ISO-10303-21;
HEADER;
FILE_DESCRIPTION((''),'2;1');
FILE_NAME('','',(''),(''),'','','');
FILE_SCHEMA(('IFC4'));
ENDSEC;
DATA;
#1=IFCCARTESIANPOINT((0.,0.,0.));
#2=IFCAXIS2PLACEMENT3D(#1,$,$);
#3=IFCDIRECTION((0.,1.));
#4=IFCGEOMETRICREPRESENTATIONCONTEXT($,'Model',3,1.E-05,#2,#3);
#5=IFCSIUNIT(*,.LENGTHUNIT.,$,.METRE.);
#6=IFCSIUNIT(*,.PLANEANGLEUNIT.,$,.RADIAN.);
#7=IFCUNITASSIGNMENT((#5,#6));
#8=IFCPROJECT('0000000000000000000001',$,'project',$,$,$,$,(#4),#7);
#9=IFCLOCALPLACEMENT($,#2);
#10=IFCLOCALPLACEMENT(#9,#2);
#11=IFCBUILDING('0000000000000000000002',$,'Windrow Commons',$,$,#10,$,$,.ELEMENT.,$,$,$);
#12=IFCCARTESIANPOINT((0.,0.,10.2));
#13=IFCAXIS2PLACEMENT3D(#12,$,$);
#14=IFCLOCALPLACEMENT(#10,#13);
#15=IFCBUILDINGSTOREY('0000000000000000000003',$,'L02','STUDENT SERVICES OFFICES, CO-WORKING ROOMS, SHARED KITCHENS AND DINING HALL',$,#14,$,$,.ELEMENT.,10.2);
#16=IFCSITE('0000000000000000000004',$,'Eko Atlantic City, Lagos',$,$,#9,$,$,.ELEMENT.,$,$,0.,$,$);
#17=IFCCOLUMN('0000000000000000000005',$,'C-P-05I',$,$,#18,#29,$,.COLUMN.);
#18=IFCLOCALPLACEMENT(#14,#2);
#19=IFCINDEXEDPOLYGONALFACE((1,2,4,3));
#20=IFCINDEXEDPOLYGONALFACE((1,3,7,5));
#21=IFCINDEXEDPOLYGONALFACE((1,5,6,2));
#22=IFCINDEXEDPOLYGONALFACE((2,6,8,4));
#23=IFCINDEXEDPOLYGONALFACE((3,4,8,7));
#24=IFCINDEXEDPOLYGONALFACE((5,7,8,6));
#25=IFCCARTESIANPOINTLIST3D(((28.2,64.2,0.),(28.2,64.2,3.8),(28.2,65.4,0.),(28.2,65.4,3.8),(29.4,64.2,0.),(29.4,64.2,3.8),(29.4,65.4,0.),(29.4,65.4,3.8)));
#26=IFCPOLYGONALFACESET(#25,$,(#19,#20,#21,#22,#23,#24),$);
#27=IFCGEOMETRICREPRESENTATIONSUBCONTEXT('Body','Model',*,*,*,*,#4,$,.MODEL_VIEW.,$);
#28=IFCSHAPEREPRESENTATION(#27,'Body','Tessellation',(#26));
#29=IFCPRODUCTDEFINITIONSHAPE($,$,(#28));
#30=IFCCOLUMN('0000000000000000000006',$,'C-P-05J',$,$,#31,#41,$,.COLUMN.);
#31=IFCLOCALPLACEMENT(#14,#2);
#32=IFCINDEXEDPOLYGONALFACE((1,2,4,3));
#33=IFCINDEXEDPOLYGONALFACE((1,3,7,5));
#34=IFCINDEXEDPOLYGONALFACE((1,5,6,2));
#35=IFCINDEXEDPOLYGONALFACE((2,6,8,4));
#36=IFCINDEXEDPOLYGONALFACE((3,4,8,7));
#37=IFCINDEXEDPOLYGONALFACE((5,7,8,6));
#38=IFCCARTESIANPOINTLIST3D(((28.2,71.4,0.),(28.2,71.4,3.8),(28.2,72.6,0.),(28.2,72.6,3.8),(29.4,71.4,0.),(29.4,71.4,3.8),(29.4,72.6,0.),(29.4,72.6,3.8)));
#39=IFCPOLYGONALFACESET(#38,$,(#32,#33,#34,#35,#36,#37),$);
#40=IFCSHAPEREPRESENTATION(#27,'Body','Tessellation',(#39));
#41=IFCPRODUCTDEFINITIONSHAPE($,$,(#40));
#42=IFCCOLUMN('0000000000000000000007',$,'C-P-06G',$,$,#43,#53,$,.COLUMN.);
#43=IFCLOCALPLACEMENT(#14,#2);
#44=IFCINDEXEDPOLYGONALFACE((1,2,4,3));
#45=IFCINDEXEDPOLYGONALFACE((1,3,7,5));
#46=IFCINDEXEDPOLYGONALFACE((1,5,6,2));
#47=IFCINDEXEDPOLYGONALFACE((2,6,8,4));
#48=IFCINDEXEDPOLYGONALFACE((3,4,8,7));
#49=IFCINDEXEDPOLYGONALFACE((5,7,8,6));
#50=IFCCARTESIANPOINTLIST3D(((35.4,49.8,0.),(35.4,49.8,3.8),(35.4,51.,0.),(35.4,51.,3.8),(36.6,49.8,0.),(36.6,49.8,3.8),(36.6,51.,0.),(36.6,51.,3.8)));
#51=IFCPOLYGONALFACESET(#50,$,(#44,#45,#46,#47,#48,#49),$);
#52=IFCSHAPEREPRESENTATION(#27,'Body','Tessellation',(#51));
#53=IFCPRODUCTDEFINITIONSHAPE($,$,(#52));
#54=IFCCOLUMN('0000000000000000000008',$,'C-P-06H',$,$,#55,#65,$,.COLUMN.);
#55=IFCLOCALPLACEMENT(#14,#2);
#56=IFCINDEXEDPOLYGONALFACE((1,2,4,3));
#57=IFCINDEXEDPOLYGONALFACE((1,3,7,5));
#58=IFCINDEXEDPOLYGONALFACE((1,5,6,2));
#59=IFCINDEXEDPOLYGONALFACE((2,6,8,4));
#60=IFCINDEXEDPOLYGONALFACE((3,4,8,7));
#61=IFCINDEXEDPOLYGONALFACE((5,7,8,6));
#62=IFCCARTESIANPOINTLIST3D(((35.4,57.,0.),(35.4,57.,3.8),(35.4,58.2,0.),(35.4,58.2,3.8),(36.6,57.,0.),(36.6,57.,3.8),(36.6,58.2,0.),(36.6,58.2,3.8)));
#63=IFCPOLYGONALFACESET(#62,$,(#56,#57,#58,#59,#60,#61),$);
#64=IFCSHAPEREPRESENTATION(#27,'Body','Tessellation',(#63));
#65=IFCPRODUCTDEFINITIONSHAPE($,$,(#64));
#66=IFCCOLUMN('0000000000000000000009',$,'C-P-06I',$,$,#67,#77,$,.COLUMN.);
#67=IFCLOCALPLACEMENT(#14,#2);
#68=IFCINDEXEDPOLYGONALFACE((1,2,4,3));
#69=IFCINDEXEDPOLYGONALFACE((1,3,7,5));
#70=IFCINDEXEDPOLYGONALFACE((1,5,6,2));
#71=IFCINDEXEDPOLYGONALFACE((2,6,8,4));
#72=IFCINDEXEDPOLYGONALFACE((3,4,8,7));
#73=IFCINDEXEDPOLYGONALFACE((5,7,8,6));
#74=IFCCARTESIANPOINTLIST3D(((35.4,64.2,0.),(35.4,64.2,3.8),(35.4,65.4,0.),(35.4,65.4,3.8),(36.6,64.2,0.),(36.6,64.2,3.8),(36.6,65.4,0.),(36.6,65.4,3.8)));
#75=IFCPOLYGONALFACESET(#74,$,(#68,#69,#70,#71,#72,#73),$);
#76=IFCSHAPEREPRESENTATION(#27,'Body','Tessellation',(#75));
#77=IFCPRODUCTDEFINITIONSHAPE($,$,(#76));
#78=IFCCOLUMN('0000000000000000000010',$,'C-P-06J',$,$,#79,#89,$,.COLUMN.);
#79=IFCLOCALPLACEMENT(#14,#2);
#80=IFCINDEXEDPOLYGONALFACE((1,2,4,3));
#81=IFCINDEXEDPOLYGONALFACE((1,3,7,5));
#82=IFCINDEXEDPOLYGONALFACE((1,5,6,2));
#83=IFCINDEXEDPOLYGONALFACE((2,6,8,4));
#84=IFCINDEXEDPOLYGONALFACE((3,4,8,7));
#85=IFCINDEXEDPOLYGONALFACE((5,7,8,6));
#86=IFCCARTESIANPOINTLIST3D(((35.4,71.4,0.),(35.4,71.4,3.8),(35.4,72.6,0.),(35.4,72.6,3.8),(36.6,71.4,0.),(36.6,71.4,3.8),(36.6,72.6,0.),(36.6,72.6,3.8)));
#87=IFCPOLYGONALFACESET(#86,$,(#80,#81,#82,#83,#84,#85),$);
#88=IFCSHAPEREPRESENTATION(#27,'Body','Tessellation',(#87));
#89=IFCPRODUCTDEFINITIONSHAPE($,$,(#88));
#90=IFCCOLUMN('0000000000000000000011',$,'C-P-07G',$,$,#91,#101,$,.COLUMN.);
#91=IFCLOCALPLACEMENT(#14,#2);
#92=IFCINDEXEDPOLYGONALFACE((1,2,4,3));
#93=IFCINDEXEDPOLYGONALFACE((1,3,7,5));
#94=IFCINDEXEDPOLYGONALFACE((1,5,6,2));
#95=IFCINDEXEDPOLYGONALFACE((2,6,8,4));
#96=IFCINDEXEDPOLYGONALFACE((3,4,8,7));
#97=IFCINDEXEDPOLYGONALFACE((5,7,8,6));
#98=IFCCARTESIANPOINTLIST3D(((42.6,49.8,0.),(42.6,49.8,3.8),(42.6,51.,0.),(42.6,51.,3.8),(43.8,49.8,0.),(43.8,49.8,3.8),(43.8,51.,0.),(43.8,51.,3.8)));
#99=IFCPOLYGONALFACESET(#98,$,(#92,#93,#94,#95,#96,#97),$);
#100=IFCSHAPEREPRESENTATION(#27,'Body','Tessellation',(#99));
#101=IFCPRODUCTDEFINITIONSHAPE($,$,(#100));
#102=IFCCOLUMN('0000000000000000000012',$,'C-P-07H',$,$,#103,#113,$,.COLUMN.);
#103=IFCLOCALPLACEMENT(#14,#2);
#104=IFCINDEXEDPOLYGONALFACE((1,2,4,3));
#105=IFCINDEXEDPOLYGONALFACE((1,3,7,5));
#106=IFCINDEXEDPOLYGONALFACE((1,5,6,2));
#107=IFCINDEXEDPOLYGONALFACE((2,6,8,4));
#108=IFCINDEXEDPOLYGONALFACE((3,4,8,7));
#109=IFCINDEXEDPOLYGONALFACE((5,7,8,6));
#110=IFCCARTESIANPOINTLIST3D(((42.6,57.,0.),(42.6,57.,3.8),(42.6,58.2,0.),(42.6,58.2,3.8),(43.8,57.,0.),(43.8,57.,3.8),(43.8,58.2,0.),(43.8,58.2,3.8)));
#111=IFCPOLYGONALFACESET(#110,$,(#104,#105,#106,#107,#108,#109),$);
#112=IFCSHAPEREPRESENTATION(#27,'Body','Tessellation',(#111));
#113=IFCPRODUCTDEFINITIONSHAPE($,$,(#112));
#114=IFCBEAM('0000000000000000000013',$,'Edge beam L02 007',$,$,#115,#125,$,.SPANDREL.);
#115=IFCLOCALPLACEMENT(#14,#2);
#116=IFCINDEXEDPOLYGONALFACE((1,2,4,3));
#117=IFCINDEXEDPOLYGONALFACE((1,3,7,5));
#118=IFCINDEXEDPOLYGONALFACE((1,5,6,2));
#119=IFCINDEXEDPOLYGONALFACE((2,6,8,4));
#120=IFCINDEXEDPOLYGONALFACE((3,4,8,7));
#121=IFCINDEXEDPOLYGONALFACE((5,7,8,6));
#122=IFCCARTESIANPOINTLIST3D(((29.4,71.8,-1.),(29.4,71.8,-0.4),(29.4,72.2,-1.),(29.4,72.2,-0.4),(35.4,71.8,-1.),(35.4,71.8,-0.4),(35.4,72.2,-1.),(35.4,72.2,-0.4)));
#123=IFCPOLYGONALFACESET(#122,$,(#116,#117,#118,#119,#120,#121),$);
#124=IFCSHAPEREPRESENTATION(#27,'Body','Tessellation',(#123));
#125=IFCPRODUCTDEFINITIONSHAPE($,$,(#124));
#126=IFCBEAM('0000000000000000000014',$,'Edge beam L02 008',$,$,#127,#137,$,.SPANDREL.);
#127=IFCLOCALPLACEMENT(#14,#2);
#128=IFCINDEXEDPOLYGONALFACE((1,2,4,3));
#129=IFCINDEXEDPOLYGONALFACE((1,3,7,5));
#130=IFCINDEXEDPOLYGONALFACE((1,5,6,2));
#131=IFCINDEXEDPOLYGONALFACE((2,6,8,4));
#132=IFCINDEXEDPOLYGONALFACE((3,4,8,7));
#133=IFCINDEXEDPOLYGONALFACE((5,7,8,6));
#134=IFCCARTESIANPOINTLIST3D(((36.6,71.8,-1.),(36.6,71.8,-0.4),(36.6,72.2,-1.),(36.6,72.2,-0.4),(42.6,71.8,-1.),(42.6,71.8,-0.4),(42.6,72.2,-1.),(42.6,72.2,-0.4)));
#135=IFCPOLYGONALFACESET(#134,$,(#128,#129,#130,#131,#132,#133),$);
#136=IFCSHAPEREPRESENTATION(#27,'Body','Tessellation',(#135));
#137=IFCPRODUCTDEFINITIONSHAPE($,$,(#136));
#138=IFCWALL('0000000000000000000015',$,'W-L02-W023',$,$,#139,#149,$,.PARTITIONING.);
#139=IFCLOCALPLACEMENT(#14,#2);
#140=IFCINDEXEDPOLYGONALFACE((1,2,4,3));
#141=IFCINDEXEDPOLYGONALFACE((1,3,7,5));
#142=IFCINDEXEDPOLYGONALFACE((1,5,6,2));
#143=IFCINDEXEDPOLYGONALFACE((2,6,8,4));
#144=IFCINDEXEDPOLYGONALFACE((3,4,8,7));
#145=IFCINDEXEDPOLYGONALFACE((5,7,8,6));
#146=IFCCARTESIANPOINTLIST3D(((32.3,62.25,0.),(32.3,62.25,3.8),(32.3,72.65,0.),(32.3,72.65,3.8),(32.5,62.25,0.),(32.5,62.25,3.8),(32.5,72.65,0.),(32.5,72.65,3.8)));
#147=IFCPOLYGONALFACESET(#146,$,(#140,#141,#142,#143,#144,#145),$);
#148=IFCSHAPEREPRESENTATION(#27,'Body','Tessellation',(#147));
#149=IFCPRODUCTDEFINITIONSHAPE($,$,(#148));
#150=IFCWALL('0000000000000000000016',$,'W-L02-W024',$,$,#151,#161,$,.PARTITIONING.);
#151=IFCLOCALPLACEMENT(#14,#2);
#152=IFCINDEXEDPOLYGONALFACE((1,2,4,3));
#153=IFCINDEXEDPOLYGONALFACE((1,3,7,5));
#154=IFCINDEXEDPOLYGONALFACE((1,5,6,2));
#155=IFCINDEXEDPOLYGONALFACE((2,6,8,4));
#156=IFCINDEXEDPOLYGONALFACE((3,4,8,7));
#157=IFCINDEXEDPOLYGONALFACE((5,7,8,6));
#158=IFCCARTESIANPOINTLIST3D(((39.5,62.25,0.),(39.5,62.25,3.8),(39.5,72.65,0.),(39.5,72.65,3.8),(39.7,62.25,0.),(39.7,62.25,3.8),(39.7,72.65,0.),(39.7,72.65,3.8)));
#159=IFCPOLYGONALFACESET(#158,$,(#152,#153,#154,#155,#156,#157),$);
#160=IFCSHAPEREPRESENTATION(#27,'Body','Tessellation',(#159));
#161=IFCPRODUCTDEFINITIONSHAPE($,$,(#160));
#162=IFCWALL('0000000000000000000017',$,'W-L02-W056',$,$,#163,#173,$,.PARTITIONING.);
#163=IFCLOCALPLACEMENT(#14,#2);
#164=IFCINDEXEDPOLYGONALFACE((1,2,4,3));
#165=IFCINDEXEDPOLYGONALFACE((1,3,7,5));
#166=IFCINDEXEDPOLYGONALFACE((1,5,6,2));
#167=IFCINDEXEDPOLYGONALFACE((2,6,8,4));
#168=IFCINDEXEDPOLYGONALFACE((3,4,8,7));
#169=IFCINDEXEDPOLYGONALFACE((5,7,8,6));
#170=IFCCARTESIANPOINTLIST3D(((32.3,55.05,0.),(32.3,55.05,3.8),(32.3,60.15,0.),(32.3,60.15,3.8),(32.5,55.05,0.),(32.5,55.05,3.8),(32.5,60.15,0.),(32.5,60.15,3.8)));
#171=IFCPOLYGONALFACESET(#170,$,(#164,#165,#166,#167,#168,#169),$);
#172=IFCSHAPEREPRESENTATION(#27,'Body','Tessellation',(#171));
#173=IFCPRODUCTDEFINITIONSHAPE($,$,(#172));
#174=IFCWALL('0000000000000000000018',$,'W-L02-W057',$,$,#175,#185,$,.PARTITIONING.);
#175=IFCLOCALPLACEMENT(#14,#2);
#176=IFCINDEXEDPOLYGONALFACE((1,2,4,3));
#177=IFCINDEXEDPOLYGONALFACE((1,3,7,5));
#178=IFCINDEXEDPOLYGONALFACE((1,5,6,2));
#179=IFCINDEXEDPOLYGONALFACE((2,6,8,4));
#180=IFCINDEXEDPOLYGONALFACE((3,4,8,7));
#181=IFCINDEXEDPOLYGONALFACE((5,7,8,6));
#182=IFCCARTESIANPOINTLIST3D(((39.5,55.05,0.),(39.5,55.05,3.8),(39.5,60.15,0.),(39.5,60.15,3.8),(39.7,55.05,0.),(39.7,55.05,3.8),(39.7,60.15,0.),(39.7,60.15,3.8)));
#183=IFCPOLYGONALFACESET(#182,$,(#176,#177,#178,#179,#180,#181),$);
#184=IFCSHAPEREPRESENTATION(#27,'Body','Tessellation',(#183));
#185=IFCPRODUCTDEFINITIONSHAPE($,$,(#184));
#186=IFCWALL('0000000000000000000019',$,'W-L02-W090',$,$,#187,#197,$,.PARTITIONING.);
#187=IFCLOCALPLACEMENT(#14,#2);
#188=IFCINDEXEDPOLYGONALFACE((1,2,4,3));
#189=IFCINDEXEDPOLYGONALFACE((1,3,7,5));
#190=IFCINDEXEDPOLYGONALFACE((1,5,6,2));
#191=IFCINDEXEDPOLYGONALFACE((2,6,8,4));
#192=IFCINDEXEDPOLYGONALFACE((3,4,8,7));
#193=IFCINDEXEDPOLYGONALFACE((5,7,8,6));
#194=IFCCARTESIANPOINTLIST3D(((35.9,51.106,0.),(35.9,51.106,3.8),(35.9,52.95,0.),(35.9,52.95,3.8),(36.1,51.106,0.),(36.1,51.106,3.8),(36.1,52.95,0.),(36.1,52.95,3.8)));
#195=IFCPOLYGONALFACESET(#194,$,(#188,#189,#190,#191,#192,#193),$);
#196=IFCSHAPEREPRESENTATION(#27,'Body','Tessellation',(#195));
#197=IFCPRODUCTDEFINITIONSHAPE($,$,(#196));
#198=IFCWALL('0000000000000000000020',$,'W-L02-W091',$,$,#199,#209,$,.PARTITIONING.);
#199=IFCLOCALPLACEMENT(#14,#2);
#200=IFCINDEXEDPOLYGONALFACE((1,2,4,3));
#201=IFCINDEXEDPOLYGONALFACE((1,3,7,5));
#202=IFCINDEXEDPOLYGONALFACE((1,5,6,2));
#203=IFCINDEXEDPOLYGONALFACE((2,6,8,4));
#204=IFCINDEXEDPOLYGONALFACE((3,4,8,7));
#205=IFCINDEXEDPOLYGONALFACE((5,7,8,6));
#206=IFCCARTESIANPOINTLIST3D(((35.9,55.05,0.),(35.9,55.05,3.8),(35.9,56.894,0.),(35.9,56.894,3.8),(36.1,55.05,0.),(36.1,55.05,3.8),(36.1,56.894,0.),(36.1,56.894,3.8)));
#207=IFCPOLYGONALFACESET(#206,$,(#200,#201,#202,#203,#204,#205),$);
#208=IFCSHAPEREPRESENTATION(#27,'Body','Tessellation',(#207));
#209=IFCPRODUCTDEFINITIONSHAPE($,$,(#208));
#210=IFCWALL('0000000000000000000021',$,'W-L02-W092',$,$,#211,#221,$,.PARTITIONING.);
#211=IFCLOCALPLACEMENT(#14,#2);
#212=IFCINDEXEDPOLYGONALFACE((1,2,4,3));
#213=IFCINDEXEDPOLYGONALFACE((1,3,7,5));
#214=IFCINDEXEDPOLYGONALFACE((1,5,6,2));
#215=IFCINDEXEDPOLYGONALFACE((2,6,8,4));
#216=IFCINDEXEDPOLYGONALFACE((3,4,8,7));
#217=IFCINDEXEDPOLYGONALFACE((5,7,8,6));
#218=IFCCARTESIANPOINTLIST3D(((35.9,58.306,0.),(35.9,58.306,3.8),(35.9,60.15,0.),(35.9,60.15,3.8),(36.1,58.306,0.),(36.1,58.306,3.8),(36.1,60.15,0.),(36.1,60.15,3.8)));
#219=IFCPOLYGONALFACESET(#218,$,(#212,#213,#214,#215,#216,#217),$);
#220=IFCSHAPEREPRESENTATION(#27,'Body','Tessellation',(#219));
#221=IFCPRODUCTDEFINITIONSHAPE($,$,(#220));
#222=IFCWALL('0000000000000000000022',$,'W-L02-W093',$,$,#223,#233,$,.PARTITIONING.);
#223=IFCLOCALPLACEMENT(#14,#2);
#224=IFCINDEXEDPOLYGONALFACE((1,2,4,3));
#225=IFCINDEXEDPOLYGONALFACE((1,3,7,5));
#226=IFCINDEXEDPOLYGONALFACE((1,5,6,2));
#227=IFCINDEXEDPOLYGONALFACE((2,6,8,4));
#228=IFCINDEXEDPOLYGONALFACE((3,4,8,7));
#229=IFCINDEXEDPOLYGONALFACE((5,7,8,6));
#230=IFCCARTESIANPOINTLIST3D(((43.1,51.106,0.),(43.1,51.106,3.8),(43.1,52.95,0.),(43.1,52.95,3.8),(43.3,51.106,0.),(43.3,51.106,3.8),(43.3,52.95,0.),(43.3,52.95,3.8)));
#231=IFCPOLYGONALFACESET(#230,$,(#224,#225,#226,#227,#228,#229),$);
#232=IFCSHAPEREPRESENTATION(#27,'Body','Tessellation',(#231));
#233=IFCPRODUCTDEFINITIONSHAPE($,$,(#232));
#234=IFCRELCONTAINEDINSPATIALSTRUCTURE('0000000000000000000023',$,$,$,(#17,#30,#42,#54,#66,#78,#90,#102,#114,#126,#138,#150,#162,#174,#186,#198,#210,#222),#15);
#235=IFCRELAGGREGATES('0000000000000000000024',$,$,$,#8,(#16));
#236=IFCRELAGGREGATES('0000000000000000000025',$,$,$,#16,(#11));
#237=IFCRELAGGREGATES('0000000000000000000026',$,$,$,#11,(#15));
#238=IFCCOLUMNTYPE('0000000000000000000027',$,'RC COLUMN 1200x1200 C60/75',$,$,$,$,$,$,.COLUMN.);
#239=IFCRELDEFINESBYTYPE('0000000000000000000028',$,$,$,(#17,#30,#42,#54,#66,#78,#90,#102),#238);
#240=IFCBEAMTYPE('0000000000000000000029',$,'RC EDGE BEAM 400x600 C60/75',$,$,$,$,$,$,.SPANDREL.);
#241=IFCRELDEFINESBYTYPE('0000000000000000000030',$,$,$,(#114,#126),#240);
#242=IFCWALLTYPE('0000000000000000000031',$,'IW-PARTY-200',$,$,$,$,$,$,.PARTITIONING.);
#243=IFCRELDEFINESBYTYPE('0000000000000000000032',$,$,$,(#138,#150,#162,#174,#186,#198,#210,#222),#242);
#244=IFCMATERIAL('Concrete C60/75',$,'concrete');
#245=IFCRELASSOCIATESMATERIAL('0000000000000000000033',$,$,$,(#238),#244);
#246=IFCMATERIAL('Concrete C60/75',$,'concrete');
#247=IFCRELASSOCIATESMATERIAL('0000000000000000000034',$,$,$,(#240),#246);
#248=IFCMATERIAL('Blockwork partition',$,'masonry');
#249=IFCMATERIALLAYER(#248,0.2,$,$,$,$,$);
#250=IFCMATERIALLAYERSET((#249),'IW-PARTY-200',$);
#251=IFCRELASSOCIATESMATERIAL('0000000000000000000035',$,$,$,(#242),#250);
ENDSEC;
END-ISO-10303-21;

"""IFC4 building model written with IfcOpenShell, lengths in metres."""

from ifc_helpers import new_model, si_unit, direction, frame, frame_2d, origin, origin_2d, place, context, subcontext, project, spatial, rectangle, extrude, material, layer, layer_set, material_profile, profile_set, type_object, element, save


model = new_model("IFC4")

# Units and contexts
model_context = context("Model", 3, precision=1e-05, world=origin(), true_north=direction((0.0, 1.0)))
body_context = subcontext(model_context, "Body", "Model", "MODEL_VIEW")
ifc_project = project(units=[si_unit("LENGTHUNIT", "METRE"), si_unit("PLANEANGLEUNIT", "RADIAN")], contexts=[model_context])

# Site, building, storey
site_placement = place(None, origin())
site = spatial("IfcSite", under=ifc_project, at=site_placement, Name="Eko Atlantic City, Lagos", CompositionType="ELEMENT", RefElevation=0.0)
building_placement = place(site_placement, origin())
building = spatial("IfcBuilding", under=site, at=building_placement, Name="Windrow Commons", CompositionType="ELEMENT")
storey_placement = place(building_placement, frame((0.0, 0.0, 10.2)))
storey = spatial("IfcBuildingStorey", under=building, at=storey_placement, Name="L02", Description="STUDENT SERVICES OFFICES, CO-WORKING ROOMS, SHARED KITCHENS AND DINING HALL", CompositionType="ELEMENT", Elevation=10.2)

# Columns
ifc_material_1 = material(Name="Concrete C60/75", Category="concrete")
ifc_material_profile_1 = material_profile(ifc_material_1, rectangle(XDim=1.2, YDim=1.2, at=origin_2d()))
ifc_profile_set_1 = profile_set([ifc_material_profile_1], Name="Concrete C60/75")
column_type = type_object("IfcColumnType", Name="RC COLUMN 1200x1200 C60/75", PredefinedType="COLUMN", material=ifc_profile_set_1)
for number, where, z_axis, x_axis, name in (
    (1, (28.8, 64.8, 0.0), (0.0, 0.0, 1.0), (1.0, 0.0, 0.0), "C-P-05I"),
    (2, (28.8, 72.0, 0.0), (0.0, 0.0, 1.0), (1.0, 0.0, 0.0), "C-P-05J"),
    (3, (36.0, 50.4, 0.0), (0.0, 0.0, 1.0), (1.0, 0.0, 0.0), "C-P-06G"),
    (4, (36.0, 57.6, 0.0), (0.0, 0.0, 1.0), (1.0, 0.0, 0.0), "C-P-06H"),
    (5, (36.0, 64.8, 0.0), (0.0, 0.0, 1.0), (1.0, 0.0, 0.0), "C-P-06I"),
    (6, (36.0, 72.0, 0.0), (0.0, 0.0, 1.0), (1.0, 0.0, 0.0), "C-P-06J"),
    (7, (43.2, 50.4, 0.0), (0.0, 0.0, 1.0), (1.0, 0.0, 0.0), "C-P-07G"),
    (8, (43.2, 57.6, 0.0), (0.0, 0.0, 1.0), (1.0, 0.0, 0.0), "C-P-07H"),
):
    element("IfcColumn", number, at=place(storey_placement, frame(where, z_axis=z_axis, x_axis=x_axis)), inside=storey, type_object=column_type, Name=name, PredefinedType="COLUMN", context=body_context, shape_type="SweptSolid", body=[
        extrude(rectangle(XDim=1.2, YDim=1.2, at=origin_2d()), origin(), (0.0, 0.0, 1.0), 3.8),
    ])

# Beams
ifc_material_2 = material(Name="Concrete C60/75", Category="concrete")
ifc_material_profile_2 = material_profile(ifc_material_2, rectangle(XDim=0.4, YDim=0.6, at=origin_2d()))
ifc_profile_set_2 = profile_set([ifc_material_profile_2], Name="Concrete C60/75")
beam_type = type_object("IfcBeamType", Name="RC EDGE BEAM 400x600 C60/75", PredefinedType="SPANDREL", material=ifc_profile_set_2)
for number, where, z_axis, x_axis, name in (
    (9, (29.4, 72.0, -0.7), (1.0, 0.0, 0.0), (0.0, 1.0, 0.0), "Edge beam L02 007"),
    (10, (36.6, 72.0, -0.7), (1.0, 0.0, 0.0), (0.0, 1.0, 0.0), "Edge beam L02 008"),
):
    element("IfcBeam", number, at=place(storey_placement, frame(where, z_axis=z_axis, x_axis=x_axis)), inside=storey, type_object=beam_type, Name=name, PredefinedType="SPANDREL", context=body_context, shape_type="SweptSolid", body=[
        extrude(rectangle(XDim=0.4, YDim=0.6, at=origin_2d()), origin(), (0.0, 0.0, 1.0), 6.0),
    ])

# Walls
ifc_material_3 = material(Name="Blockwork partition", Category="masonry")
ifc_layer = layer(ifc_material_3, 0.2)
ifc_layer_set = layer_set([ifc_layer], Name="IW-PARTY-200")
wall_type = type_object("IfcWallType", Name="IW-PARTY-200", PredefinedType="PARTITIONING", material=ifc_layer_set)
for number, where, z_axis, x_axis, name in (
    (11, (32.4, 62.25, 0.0), (0.0, 0.0, 1.0), (0.0, 1.0, 0.0), "W-L02-W023"),
    (12, (39.6, 62.25, 0.0), (0.0, 0.0, 1.0), (0.0, 1.0, 0.0), "W-L02-W024"),
):
    element("IfcWall", number, at=place(storey_placement, frame(where, z_axis=z_axis, x_axis=x_axis)), inside=storey, type_object=wall_type, Name=name, PredefinedType="PARTITIONING", context=body_context, shape_type="SweptSolid", body=[
        extrude(rectangle(XDim=10.4, YDim=0.2, at=frame_2d((5.2, 0.0))), origin(), (0.0, 0.0, 1.0), 3.8),
    ])
for number, where, z_axis, x_axis, name in (
    (13, (32.4, 55.05, 0.0), (0.0, 0.0, 1.0), (0.0, 1.0, 0.0), "W-L02-W056"),
    (14, (39.6, 55.05, 0.0), (0.0, 0.0, 1.0), (0.0, 1.0, 0.0), "W-L02-W057"),
):
    element("IfcWall", number, at=place(storey_placement, frame(where, z_axis=z_axis, x_axis=x_axis)), inside=storey, type_object=wall_type, Name=name, PredefinedType="PARTITIONING", context=body_context, shape_type="SweptSolid", body=[
        extrude(rectangle(XDim=5.1, YDim=0.2, at=frame_2d((2.55, 0.0))), origin(), (0.0, 0.0, 1.0), 3.8),
    ])
for number, where, z_axis, x_axis, name in (
    (15, (36.0, 51.106, 0.0), (0.0, 0.0, 1.0), (0.0, 1.0, 0.0), "W-L02-W090"),
    (16, (36.0, 55.05, 0.0), (0.0, 0.0, 1.0), (0.0, 1.0, 0.0), "W-L02-W091"),
    (17, (36.0, 58.306, 0.0), (0.0, 0.0, 1.0), (0.0, 1.0, 0.0), "W-L02-W092"),
    (18, (43.2, 51.106, 0.0), (0.0, 0.0, 1.0), (0.0, 1.0, 0.0), "W-L02-W093"),
):
    element("IfcWall", number, at=place(storey_placement, frame(where, z_axis=z_axis, x_axis=x_axis)), inside=storey, type_object=wall_type, Name=name, PredefinedType="PARTITIONING", context=body_context, shape_type="SweptSolid", body=[
        extrude(rectangle(XDim=1.844, YDim=0.2, at=frame_2d((0.922, 0.0))), origin(), (0.0, 0.0, 1.0), 3.8),
    ])

save(model, "model.ifc")
